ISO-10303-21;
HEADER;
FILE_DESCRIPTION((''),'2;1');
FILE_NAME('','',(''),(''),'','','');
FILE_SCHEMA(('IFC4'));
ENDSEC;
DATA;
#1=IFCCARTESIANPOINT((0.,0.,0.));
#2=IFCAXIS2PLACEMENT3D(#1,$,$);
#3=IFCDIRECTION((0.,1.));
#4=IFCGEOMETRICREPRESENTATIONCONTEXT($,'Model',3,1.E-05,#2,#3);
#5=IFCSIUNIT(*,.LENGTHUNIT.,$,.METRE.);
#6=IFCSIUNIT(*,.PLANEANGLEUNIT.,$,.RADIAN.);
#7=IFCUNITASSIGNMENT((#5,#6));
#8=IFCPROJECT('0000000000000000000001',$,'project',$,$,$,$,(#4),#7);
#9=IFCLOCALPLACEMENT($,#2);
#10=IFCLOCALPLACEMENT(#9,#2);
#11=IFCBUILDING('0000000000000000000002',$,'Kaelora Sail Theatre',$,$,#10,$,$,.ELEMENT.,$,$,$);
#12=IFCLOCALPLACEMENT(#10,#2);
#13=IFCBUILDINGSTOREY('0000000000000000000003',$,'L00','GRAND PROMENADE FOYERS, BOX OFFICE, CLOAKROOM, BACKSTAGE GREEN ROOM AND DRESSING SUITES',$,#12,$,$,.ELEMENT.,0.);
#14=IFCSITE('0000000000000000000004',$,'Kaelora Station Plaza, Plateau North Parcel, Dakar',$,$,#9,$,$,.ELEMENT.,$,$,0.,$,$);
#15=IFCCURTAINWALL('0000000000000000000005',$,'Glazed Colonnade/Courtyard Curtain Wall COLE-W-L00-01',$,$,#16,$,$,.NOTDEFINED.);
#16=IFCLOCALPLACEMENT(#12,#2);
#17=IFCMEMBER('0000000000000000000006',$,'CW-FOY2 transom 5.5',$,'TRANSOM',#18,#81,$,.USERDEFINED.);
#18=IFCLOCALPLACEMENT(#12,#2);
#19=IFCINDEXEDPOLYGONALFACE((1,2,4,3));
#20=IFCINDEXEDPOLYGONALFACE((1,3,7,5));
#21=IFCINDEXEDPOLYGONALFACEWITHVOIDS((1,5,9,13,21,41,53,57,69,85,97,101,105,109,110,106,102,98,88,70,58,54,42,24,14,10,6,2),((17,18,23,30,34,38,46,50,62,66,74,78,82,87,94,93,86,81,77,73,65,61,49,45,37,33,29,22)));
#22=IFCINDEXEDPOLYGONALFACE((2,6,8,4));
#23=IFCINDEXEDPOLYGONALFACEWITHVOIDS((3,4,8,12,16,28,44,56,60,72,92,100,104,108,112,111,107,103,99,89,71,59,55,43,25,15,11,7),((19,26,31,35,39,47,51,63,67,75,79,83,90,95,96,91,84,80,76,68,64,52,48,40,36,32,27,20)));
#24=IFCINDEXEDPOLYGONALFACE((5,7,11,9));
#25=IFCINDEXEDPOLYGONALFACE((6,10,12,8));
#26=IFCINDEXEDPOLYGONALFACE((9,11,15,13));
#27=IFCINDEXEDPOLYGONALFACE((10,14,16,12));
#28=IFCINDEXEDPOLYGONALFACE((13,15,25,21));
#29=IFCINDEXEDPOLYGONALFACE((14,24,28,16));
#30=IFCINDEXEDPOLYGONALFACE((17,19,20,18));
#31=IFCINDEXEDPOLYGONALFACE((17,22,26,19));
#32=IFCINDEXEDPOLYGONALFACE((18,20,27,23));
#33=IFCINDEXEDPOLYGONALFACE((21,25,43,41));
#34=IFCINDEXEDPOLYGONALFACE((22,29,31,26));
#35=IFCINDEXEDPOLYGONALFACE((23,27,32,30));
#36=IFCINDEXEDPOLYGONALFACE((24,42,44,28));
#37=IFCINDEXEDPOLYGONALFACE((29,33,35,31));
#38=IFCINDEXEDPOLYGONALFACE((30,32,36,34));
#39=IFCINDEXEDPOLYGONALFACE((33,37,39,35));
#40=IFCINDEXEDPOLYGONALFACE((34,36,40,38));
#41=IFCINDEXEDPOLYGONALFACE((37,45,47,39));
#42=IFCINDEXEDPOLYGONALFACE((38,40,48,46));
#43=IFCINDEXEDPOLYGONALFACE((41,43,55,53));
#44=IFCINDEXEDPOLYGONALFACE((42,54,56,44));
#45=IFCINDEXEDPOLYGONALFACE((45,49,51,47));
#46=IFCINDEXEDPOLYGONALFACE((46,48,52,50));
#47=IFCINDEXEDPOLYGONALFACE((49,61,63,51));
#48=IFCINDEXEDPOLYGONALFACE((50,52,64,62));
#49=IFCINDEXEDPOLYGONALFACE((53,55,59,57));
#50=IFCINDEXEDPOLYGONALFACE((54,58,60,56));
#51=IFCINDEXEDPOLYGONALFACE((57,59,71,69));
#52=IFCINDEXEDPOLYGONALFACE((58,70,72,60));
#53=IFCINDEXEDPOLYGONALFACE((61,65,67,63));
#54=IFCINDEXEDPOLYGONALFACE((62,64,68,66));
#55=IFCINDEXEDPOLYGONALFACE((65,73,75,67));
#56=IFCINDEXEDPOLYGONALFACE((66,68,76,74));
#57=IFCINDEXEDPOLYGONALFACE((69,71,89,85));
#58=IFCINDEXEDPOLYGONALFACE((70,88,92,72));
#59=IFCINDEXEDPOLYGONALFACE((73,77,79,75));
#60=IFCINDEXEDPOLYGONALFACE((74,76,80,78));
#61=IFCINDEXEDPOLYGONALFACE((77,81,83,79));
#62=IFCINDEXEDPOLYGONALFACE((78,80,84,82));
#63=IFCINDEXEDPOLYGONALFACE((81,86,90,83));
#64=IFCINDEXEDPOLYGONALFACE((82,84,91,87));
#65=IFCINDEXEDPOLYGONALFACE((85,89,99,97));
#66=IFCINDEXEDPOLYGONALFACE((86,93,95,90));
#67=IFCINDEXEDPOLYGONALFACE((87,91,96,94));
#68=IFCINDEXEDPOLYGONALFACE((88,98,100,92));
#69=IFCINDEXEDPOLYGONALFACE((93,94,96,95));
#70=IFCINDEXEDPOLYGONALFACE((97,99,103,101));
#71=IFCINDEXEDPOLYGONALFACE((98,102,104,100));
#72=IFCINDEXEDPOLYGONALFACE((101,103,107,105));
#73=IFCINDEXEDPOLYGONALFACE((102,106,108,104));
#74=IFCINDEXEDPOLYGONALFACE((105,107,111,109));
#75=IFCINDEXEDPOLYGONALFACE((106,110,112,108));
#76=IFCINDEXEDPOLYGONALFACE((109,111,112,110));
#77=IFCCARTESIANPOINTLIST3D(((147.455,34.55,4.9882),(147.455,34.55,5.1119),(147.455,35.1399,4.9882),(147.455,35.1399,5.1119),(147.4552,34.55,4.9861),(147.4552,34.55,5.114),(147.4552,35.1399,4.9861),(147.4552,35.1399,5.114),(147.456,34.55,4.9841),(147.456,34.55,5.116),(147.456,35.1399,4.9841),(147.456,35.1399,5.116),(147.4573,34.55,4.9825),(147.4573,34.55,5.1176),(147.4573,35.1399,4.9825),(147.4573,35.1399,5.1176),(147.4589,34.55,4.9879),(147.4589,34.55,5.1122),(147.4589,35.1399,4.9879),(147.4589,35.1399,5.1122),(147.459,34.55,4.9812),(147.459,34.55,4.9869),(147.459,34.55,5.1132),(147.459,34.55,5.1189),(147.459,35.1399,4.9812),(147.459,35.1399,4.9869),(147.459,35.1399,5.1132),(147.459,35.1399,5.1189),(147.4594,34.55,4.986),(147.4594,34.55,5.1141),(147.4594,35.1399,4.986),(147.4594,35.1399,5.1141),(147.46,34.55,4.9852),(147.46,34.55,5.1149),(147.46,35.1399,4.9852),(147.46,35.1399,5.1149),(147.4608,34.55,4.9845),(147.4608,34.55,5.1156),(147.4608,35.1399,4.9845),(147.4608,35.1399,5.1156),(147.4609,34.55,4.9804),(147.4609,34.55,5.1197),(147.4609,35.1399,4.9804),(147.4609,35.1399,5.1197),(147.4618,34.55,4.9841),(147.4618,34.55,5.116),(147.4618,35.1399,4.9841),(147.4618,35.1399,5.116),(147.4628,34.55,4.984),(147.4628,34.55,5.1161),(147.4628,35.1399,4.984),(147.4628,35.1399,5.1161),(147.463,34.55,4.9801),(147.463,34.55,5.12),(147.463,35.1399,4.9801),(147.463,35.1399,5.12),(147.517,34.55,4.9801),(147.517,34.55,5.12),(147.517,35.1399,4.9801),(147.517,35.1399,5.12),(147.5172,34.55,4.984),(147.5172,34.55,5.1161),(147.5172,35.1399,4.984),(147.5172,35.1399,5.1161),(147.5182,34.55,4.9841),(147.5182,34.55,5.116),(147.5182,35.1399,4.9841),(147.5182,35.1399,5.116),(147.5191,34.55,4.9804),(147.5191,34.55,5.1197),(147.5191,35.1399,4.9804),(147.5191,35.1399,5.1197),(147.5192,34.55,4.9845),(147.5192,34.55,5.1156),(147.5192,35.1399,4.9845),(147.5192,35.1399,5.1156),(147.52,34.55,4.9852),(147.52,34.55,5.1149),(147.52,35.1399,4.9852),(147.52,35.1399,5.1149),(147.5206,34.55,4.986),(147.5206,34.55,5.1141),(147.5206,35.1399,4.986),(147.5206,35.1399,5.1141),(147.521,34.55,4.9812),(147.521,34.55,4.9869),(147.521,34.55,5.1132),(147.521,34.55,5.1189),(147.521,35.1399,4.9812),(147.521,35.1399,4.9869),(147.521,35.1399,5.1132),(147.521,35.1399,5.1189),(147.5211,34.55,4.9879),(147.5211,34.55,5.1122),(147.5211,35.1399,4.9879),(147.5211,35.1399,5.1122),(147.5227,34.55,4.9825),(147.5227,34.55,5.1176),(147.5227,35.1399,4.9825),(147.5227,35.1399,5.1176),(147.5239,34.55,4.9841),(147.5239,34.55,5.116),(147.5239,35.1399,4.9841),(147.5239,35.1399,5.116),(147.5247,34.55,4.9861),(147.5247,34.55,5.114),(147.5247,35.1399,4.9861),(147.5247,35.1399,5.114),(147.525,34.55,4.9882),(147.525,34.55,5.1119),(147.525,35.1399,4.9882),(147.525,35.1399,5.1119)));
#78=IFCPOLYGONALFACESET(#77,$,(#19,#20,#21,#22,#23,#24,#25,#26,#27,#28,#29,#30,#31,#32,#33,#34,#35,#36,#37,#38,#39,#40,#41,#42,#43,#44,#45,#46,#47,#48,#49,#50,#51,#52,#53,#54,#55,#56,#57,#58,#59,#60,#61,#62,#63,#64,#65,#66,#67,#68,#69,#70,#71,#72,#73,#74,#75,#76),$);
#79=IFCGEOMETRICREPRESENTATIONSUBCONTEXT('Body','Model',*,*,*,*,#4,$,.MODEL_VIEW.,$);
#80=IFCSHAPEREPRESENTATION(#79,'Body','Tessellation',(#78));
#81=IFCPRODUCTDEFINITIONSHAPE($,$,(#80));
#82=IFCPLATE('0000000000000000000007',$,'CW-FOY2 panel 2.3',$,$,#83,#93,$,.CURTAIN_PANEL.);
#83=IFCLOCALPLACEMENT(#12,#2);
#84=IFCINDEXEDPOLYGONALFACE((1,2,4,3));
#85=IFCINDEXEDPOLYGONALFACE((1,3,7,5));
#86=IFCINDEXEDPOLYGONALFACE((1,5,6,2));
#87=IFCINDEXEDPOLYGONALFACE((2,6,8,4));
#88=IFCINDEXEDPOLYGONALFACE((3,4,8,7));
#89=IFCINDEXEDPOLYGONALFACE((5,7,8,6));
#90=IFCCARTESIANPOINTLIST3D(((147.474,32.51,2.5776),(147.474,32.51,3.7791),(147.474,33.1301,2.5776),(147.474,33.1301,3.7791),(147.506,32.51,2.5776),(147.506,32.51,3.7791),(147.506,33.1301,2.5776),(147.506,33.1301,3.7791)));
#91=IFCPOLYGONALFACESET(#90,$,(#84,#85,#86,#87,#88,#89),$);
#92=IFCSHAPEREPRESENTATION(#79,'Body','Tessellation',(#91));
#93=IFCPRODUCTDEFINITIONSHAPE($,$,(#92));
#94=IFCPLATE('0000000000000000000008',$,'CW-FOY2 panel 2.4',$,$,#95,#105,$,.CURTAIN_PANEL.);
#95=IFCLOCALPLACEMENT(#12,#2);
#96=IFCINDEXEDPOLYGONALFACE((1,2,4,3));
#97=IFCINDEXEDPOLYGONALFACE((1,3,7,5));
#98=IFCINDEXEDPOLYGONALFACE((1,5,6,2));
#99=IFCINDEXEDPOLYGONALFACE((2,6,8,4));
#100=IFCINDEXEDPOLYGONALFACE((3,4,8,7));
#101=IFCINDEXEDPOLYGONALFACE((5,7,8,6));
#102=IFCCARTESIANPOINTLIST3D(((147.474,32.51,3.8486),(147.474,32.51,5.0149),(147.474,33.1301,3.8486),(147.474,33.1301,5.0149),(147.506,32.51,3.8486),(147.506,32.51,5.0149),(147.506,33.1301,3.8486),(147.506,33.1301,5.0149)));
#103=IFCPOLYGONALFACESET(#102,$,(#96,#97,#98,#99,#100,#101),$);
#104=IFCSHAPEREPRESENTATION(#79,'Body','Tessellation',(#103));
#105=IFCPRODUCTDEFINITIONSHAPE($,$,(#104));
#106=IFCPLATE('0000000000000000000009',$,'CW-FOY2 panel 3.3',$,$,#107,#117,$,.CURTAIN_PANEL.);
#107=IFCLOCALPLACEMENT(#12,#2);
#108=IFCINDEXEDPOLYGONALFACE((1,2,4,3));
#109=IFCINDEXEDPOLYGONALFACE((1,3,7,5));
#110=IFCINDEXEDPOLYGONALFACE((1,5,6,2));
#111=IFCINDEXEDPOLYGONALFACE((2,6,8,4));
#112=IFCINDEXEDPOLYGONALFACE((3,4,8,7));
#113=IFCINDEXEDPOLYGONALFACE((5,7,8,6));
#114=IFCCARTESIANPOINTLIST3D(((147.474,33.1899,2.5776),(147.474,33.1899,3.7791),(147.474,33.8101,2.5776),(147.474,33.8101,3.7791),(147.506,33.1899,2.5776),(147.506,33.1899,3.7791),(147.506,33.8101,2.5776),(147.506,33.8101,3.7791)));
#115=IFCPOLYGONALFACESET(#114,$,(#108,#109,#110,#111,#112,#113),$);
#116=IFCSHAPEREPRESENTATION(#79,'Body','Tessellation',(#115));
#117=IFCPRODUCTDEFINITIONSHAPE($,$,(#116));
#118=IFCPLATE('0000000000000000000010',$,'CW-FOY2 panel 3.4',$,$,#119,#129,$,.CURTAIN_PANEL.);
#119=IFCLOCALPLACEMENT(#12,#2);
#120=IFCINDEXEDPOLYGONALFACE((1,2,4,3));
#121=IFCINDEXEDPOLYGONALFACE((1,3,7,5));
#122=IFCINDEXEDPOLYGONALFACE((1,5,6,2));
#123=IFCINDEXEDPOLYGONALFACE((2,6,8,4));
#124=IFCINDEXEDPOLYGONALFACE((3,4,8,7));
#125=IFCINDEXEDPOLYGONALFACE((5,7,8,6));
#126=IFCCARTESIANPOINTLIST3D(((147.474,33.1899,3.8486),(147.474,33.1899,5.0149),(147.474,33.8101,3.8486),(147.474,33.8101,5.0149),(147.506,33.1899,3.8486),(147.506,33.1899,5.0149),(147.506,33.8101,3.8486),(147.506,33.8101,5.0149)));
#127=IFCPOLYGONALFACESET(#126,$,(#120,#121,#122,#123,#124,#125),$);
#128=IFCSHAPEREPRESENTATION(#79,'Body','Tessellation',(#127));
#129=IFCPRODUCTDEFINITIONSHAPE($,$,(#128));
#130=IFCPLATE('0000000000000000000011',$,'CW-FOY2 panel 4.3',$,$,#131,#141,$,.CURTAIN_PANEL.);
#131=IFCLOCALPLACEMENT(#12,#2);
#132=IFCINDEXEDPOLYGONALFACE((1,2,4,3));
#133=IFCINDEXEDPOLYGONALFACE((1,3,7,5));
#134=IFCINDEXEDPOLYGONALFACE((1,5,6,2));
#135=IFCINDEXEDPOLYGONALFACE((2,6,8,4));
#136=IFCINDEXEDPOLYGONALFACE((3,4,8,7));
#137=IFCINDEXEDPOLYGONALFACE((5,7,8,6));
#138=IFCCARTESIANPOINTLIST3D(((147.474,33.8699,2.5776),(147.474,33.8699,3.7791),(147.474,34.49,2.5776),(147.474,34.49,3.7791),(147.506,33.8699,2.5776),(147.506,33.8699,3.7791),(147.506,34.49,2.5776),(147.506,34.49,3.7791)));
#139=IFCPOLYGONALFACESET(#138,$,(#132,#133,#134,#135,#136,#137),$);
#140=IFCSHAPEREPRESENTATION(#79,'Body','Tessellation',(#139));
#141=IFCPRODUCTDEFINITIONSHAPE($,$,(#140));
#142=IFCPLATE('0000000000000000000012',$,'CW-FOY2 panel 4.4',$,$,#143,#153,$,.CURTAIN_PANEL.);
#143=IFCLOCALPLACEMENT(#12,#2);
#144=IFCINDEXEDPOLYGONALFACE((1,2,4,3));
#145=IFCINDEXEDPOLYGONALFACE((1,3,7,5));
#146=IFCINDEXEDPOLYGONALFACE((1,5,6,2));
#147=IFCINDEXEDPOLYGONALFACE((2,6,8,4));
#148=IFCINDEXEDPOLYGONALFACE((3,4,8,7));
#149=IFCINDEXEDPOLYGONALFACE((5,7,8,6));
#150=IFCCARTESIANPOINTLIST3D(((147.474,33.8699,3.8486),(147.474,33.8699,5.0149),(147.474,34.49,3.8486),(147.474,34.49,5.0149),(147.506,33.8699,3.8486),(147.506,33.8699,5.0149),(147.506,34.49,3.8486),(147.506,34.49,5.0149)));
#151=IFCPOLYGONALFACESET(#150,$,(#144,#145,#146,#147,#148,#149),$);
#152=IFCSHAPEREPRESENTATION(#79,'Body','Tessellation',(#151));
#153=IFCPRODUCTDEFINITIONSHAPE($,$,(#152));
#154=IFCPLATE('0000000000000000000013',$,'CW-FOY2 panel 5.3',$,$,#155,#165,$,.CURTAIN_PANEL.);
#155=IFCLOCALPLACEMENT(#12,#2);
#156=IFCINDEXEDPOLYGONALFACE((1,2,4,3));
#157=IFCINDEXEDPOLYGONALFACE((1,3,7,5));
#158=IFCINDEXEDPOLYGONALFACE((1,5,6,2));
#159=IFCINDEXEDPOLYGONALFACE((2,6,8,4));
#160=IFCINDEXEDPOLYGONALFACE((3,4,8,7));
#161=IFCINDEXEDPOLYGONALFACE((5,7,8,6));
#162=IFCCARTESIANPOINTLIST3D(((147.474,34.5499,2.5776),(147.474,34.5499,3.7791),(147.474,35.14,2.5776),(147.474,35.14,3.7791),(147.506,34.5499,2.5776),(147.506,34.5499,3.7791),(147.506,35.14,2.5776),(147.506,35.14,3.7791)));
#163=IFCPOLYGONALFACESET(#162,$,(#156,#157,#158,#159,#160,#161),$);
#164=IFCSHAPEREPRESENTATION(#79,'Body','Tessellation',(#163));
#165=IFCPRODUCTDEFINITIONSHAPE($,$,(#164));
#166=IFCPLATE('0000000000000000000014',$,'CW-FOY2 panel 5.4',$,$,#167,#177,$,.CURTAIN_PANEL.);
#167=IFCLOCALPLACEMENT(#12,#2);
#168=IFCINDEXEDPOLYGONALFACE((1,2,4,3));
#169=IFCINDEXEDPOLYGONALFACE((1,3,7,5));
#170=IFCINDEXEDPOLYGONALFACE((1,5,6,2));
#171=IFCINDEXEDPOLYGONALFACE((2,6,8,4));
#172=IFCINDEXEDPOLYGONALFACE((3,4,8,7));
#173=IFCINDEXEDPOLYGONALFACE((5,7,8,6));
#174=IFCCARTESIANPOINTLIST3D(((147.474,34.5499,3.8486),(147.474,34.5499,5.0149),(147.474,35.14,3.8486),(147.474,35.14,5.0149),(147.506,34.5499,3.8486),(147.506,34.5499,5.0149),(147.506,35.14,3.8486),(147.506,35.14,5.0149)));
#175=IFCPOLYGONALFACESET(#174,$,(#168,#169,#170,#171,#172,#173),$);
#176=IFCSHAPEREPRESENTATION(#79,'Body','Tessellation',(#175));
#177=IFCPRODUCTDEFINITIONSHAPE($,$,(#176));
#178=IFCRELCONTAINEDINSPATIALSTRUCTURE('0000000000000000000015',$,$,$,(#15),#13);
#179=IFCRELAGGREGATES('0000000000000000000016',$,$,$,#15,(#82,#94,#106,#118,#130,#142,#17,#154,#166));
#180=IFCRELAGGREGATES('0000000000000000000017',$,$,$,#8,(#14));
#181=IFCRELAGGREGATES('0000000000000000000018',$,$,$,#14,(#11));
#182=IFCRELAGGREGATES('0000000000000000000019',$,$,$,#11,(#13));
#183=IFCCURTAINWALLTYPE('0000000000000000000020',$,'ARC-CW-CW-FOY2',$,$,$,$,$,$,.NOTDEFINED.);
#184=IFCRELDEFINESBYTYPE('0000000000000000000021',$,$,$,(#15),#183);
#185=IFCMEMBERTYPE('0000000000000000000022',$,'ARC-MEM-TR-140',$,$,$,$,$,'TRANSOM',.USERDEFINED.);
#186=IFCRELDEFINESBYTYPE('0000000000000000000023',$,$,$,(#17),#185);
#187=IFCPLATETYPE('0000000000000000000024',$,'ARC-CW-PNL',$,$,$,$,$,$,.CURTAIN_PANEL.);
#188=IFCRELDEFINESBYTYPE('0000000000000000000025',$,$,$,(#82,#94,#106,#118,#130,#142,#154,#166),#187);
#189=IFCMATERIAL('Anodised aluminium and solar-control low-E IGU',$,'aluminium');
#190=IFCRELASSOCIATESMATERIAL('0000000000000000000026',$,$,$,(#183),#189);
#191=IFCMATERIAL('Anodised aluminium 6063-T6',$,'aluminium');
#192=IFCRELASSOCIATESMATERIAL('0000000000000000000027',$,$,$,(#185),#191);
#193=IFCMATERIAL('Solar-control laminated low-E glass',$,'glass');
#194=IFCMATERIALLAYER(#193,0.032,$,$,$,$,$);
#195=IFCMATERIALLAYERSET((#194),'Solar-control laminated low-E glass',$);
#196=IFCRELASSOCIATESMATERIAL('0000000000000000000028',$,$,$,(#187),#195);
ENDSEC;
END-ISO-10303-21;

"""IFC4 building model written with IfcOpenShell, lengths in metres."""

from ifc_helpers import new_model, si_unit, direction, frame, origin, origin_2d, place, context, subcontext, project, spatial, rectangle, hollow_rectangle, extrude, material, layer, layer_set, material_profile, profile_set, type_object, element, aggregate, save


model = new_model("IFC4")

# Units and contexts
model_context = context("Model", 3, precision=1e-05, world=origin(), true_north=direction((0.0, 1.0)))
body_context = subcontext(model_context, "Body", "Model", "MODEL_VIEW")
ifc_project = project(units=[si_unit("LENGTHUNIT", "METRE"), si_unit("PLANEANGLEUNIT", "RADIAN")], contexts=[model_context])

# Site, building, storey
site_placement = place(None, origin())
site = spatial("IfcSite", under=ifc_project, at=site_placement, Name="Kaelora Station Plaza, Plateau North Parcel, Dakar", CompositionType="ELEMENT", RefElevation=0.0)
building_placement = place(site_placement, origin())
building = spatial("IfcBuilding", under=site, at=building_placement, Name="Kaelora Sail Theatre", CompositionType="ELEMENT")
storey_placement = place(building_placement, origin())
storey = spatial("IfcBuildingStorey", under=building, at=storey_placement, Name="L00", Description="GRAND PROMENADE FOYERS, BOX OFFICE, CLOAKROOM, BACKSTAGE GREEN ROOM AND DRESSING SUITES", CompositionType="ELEMENT", Elevation=0.0)

# Curtain wall, member, plates
ifc_material_1 = material(Name="Anodised aluminium and solar-control low-E IGU", Category="aluminium")
curtain_wall_type = type_object("IfcCurtainWallType", Name="ARC-CW-CW-FOY2", PredefinedType="NOTDEFINED", material=ifc_material_1)
curtain_wall_placement = place(storey_placement, origin())
curtain_wall = element("IfcCurtainWall", 1, at=curtain_wall_placement, inside=storey, type_object=curtain_wall_type, Name="Glazed Colonnade/Courtyard Curtain Wall COLE-W-L00-01", PredefinedType="NOTDEFINED")
ifc_material_2 = material(Name="Anodised aluminium 6063-T6", Category="aluminium")
ifc_material_profile_1 = material_profile(ifc_material_2, hollow_rectangle(XDim=0.0701, YDim=0.1399, WallThickness=0.0039, InnerFilletRadius=0.0039, OuterFilletRadius=0.0081, at=origin_2d()), Name="ALU-TRAN 70x140x4")
ifc_profile_set_1 = profile_set([ifc_material_profile_1], Name="Anodised aluminium 6063-T6")
member_type_1 = type_object("IfcMemberType", Name="ARC-MEM-TR-140", ElementType="TRANSOM", PredefinedType="USERDEFINED", material=ifc_profile_set_1)
member_1_placement = place(storey_placement, frame((147.49, 34.55, 5.05), z_axis=(0.0, 1.0, 0.0), x_axis=(-1.0, 0.0, 0.0)))
member_1 = element("IfcMember", 2, at=member_1_placement, type_object=member_type_1, Name="CW-FOY2 transom 5.5", ObjectType="TRANSOM", PredefinedType="USERDEFINED", context=body_context, shape_type="SweptSolid", body=[
    extrude(hollow_rectangle(XDim=0.0701, YDim=0.1399, WallThickness=0.0039, InnerFilletRadius=0.0039, OuterFilletRadius=0.0081, at=origin_2d()), origin(), (0.0, 0.0, 1.0), 0.5898),
])
ifc_material_3 = material(Name="Solar-control laminated low-E glass", Category="glass")
ifc_layer = layer(ifc_material_3, 0.032)
ifc_layer_set = layer_set([ifc_layer], Name="Solar-control laminated low-E glass")
plate_type = type_object("IfcPlateType", Name="ARC-CW-PNL", PredefinedType="CURTAIN_PANEL", material=ifc_layer_set)
plate_1_placement = place(storey_placement, frame((147.49, 32.8201, 2.5776), z_axis=(0.0, 0.0, 1.0), x_axis=(0.0, 1.0, 0.0)))
plate_1 = element("IfcPlate", 3, at=plate_1_placement, type_object=plate_type, Name="CW-FOY2 panel 2.3", PredefinedType="CURTAIN_PANEL", context=body_context, shape_type="SweptSolid", body=[
    extrude(rectangle(XDim=0.6201, YDim=0.032, at=origin_2d()), origin(), (0.0, 0.0, 1.0), 1.2014),
])
plate_2_placement = place(storey_placement, frame((147.49, 32.8201, 3.8486), z_axis=(0.0, 0.0, 1.0), x_axis=(0.0, 1.0, 0.0)))
plate_2 = element("IfcPlate", 4, at=plate_2_placement, type_object=plate_type, Name="CW-FOY2 panel 2.4", PredefinedType="CURTAIN_PANEL", context=body_context, shape_type="SweptSolid", body=[
    extrude(rectangle(XDim=0.6201, YDim=0.032, at=origin_2d()), origin(), (0.0, 0.0, 1.0), 1.1663),
])
plate_3_placement = place(storey_placement, frame((147.49, 33.5, 2.5776), z_axis=(0.0, 0.0, 1.0), x_axis=(0.0, 1.0, 0.0)))
plate_3 = element("IfcPlate", 5, at=plate_3_placement, type_object=plate_type, Name="CW-FOY2 panel 3.3", PredefinedType="CURTAIN_PANEL", context=body_context, shape_type="SweptSolid", body=[
    extrude(rectangle(XDim=0.6201, YDim=0.032, at=origin_2d()), origin(), (0.0, 0.0, 1.0), 1.2014),
])
plate_4_placement = place(storey_placement, frame((147.49, 33.5, 3.8486), z_axis=(0.0, 0.0, 1.0), x_axis=(0.0, 1.0, 0.0)))
plate_4 = element("IfcPlate", 6, at=plate_4_placement, type_object=plate_type, Name="CW-FOY2 panel 3.4", PredefinedType="CURTAIN_PANEL", context=body_context, shape_type="SweptSolid", body=[
    extrude(rectangle(XDim=0.6201, YDim=0.032, at=origin_2d()), origin(), (0.0, 0.0, 1.0), 1.1663),
])
plate_5_placement = place(storey_placement, frame((147.49, 34.1799, 2.5776), z_axis=(0.0, 0.0, 1.0), x_axis=(0.0, 1.0, 0.0)))
plate_5 = element("IfcPlate", 7, at=plate_5_placement, type_object=plate_type, Name="CW-FOY2 panel 4.3", PredefinedType="CURTAIN_PANEL", context=body_context, shape_type="SweptSolid", body=[
    extrude(rectangle(XDim=0.6201, YDim=0.032, at=origin_2d()), origin(), (0.0, 0.0, 1.0), 1.2014),
])
plate_6_placement = place(storey_placement, frame((147.49, 34.1799, 3.8486), z_axis=(0.0, 0.0, 1.0), x_axis=(0.0, 1.0, 0.0)))
plate_6 = element("IfcPlate", 8, at=plate_6_placement, type_object=plate_type, Name="CW-FOY2 panel 4.4", PredefinedType="CURTAIN_PANEL", context=body_context, shape_type="SweptSolid", body=[
    extrude(rectangle(XDim=0.6201, YDim=0.032, at=origin_2d()), origin(), (0.0, 0.0, 1.0), 1.1663),
])
plate_7_placement = place(storey_placement, frame((147.49, 34.845, 2.5776), z_axis=(0.0, 0.0, 1.0), x_axis=(0.0, 1.0, 0.0)))
plate_7 = element("IfcPlate", 9, at=plate_7_placement, type_object=plate_type, Name="CW-FOY2 panel 5.3", PredefinedType="CURTAIN_PANEL", context=body_context, shape_type="SweptSolid", body=[
    extrude(rectangle(XDim=0.5901, YDim=0.032, at=origin_2d()), origin(), (0.0, 0.0, 1.0), 1.2014),
])
plate_8_placement = place(storey_placement, frame((147.49, 34.845, 3.8486), z_axis=(0.0, 0.0, 1.0), x_axis=(0.0, 1.0, 0.0)))
plate_8 = element("IfcPlate", 10, at=plate_8_placement, type_object=plate_type, Name="CW-FOY2 panel 5.4", PredefinedType="CURTAIN_PANEL", context=body_context, shape_type="SweptSolid", body=[
    extrude(rectangle(XDim=0.5901, YDim=0.032, at=origin_2d()), origin(), (0.0, 0.0, 1.0), 1.1663),
])
aggregate(curtain_wall, [plate_1, plate_2, plate_3, plate_4, plate_5, plate_6, member_1, plate_7, plate_8])

save(model, "model.ifc")
